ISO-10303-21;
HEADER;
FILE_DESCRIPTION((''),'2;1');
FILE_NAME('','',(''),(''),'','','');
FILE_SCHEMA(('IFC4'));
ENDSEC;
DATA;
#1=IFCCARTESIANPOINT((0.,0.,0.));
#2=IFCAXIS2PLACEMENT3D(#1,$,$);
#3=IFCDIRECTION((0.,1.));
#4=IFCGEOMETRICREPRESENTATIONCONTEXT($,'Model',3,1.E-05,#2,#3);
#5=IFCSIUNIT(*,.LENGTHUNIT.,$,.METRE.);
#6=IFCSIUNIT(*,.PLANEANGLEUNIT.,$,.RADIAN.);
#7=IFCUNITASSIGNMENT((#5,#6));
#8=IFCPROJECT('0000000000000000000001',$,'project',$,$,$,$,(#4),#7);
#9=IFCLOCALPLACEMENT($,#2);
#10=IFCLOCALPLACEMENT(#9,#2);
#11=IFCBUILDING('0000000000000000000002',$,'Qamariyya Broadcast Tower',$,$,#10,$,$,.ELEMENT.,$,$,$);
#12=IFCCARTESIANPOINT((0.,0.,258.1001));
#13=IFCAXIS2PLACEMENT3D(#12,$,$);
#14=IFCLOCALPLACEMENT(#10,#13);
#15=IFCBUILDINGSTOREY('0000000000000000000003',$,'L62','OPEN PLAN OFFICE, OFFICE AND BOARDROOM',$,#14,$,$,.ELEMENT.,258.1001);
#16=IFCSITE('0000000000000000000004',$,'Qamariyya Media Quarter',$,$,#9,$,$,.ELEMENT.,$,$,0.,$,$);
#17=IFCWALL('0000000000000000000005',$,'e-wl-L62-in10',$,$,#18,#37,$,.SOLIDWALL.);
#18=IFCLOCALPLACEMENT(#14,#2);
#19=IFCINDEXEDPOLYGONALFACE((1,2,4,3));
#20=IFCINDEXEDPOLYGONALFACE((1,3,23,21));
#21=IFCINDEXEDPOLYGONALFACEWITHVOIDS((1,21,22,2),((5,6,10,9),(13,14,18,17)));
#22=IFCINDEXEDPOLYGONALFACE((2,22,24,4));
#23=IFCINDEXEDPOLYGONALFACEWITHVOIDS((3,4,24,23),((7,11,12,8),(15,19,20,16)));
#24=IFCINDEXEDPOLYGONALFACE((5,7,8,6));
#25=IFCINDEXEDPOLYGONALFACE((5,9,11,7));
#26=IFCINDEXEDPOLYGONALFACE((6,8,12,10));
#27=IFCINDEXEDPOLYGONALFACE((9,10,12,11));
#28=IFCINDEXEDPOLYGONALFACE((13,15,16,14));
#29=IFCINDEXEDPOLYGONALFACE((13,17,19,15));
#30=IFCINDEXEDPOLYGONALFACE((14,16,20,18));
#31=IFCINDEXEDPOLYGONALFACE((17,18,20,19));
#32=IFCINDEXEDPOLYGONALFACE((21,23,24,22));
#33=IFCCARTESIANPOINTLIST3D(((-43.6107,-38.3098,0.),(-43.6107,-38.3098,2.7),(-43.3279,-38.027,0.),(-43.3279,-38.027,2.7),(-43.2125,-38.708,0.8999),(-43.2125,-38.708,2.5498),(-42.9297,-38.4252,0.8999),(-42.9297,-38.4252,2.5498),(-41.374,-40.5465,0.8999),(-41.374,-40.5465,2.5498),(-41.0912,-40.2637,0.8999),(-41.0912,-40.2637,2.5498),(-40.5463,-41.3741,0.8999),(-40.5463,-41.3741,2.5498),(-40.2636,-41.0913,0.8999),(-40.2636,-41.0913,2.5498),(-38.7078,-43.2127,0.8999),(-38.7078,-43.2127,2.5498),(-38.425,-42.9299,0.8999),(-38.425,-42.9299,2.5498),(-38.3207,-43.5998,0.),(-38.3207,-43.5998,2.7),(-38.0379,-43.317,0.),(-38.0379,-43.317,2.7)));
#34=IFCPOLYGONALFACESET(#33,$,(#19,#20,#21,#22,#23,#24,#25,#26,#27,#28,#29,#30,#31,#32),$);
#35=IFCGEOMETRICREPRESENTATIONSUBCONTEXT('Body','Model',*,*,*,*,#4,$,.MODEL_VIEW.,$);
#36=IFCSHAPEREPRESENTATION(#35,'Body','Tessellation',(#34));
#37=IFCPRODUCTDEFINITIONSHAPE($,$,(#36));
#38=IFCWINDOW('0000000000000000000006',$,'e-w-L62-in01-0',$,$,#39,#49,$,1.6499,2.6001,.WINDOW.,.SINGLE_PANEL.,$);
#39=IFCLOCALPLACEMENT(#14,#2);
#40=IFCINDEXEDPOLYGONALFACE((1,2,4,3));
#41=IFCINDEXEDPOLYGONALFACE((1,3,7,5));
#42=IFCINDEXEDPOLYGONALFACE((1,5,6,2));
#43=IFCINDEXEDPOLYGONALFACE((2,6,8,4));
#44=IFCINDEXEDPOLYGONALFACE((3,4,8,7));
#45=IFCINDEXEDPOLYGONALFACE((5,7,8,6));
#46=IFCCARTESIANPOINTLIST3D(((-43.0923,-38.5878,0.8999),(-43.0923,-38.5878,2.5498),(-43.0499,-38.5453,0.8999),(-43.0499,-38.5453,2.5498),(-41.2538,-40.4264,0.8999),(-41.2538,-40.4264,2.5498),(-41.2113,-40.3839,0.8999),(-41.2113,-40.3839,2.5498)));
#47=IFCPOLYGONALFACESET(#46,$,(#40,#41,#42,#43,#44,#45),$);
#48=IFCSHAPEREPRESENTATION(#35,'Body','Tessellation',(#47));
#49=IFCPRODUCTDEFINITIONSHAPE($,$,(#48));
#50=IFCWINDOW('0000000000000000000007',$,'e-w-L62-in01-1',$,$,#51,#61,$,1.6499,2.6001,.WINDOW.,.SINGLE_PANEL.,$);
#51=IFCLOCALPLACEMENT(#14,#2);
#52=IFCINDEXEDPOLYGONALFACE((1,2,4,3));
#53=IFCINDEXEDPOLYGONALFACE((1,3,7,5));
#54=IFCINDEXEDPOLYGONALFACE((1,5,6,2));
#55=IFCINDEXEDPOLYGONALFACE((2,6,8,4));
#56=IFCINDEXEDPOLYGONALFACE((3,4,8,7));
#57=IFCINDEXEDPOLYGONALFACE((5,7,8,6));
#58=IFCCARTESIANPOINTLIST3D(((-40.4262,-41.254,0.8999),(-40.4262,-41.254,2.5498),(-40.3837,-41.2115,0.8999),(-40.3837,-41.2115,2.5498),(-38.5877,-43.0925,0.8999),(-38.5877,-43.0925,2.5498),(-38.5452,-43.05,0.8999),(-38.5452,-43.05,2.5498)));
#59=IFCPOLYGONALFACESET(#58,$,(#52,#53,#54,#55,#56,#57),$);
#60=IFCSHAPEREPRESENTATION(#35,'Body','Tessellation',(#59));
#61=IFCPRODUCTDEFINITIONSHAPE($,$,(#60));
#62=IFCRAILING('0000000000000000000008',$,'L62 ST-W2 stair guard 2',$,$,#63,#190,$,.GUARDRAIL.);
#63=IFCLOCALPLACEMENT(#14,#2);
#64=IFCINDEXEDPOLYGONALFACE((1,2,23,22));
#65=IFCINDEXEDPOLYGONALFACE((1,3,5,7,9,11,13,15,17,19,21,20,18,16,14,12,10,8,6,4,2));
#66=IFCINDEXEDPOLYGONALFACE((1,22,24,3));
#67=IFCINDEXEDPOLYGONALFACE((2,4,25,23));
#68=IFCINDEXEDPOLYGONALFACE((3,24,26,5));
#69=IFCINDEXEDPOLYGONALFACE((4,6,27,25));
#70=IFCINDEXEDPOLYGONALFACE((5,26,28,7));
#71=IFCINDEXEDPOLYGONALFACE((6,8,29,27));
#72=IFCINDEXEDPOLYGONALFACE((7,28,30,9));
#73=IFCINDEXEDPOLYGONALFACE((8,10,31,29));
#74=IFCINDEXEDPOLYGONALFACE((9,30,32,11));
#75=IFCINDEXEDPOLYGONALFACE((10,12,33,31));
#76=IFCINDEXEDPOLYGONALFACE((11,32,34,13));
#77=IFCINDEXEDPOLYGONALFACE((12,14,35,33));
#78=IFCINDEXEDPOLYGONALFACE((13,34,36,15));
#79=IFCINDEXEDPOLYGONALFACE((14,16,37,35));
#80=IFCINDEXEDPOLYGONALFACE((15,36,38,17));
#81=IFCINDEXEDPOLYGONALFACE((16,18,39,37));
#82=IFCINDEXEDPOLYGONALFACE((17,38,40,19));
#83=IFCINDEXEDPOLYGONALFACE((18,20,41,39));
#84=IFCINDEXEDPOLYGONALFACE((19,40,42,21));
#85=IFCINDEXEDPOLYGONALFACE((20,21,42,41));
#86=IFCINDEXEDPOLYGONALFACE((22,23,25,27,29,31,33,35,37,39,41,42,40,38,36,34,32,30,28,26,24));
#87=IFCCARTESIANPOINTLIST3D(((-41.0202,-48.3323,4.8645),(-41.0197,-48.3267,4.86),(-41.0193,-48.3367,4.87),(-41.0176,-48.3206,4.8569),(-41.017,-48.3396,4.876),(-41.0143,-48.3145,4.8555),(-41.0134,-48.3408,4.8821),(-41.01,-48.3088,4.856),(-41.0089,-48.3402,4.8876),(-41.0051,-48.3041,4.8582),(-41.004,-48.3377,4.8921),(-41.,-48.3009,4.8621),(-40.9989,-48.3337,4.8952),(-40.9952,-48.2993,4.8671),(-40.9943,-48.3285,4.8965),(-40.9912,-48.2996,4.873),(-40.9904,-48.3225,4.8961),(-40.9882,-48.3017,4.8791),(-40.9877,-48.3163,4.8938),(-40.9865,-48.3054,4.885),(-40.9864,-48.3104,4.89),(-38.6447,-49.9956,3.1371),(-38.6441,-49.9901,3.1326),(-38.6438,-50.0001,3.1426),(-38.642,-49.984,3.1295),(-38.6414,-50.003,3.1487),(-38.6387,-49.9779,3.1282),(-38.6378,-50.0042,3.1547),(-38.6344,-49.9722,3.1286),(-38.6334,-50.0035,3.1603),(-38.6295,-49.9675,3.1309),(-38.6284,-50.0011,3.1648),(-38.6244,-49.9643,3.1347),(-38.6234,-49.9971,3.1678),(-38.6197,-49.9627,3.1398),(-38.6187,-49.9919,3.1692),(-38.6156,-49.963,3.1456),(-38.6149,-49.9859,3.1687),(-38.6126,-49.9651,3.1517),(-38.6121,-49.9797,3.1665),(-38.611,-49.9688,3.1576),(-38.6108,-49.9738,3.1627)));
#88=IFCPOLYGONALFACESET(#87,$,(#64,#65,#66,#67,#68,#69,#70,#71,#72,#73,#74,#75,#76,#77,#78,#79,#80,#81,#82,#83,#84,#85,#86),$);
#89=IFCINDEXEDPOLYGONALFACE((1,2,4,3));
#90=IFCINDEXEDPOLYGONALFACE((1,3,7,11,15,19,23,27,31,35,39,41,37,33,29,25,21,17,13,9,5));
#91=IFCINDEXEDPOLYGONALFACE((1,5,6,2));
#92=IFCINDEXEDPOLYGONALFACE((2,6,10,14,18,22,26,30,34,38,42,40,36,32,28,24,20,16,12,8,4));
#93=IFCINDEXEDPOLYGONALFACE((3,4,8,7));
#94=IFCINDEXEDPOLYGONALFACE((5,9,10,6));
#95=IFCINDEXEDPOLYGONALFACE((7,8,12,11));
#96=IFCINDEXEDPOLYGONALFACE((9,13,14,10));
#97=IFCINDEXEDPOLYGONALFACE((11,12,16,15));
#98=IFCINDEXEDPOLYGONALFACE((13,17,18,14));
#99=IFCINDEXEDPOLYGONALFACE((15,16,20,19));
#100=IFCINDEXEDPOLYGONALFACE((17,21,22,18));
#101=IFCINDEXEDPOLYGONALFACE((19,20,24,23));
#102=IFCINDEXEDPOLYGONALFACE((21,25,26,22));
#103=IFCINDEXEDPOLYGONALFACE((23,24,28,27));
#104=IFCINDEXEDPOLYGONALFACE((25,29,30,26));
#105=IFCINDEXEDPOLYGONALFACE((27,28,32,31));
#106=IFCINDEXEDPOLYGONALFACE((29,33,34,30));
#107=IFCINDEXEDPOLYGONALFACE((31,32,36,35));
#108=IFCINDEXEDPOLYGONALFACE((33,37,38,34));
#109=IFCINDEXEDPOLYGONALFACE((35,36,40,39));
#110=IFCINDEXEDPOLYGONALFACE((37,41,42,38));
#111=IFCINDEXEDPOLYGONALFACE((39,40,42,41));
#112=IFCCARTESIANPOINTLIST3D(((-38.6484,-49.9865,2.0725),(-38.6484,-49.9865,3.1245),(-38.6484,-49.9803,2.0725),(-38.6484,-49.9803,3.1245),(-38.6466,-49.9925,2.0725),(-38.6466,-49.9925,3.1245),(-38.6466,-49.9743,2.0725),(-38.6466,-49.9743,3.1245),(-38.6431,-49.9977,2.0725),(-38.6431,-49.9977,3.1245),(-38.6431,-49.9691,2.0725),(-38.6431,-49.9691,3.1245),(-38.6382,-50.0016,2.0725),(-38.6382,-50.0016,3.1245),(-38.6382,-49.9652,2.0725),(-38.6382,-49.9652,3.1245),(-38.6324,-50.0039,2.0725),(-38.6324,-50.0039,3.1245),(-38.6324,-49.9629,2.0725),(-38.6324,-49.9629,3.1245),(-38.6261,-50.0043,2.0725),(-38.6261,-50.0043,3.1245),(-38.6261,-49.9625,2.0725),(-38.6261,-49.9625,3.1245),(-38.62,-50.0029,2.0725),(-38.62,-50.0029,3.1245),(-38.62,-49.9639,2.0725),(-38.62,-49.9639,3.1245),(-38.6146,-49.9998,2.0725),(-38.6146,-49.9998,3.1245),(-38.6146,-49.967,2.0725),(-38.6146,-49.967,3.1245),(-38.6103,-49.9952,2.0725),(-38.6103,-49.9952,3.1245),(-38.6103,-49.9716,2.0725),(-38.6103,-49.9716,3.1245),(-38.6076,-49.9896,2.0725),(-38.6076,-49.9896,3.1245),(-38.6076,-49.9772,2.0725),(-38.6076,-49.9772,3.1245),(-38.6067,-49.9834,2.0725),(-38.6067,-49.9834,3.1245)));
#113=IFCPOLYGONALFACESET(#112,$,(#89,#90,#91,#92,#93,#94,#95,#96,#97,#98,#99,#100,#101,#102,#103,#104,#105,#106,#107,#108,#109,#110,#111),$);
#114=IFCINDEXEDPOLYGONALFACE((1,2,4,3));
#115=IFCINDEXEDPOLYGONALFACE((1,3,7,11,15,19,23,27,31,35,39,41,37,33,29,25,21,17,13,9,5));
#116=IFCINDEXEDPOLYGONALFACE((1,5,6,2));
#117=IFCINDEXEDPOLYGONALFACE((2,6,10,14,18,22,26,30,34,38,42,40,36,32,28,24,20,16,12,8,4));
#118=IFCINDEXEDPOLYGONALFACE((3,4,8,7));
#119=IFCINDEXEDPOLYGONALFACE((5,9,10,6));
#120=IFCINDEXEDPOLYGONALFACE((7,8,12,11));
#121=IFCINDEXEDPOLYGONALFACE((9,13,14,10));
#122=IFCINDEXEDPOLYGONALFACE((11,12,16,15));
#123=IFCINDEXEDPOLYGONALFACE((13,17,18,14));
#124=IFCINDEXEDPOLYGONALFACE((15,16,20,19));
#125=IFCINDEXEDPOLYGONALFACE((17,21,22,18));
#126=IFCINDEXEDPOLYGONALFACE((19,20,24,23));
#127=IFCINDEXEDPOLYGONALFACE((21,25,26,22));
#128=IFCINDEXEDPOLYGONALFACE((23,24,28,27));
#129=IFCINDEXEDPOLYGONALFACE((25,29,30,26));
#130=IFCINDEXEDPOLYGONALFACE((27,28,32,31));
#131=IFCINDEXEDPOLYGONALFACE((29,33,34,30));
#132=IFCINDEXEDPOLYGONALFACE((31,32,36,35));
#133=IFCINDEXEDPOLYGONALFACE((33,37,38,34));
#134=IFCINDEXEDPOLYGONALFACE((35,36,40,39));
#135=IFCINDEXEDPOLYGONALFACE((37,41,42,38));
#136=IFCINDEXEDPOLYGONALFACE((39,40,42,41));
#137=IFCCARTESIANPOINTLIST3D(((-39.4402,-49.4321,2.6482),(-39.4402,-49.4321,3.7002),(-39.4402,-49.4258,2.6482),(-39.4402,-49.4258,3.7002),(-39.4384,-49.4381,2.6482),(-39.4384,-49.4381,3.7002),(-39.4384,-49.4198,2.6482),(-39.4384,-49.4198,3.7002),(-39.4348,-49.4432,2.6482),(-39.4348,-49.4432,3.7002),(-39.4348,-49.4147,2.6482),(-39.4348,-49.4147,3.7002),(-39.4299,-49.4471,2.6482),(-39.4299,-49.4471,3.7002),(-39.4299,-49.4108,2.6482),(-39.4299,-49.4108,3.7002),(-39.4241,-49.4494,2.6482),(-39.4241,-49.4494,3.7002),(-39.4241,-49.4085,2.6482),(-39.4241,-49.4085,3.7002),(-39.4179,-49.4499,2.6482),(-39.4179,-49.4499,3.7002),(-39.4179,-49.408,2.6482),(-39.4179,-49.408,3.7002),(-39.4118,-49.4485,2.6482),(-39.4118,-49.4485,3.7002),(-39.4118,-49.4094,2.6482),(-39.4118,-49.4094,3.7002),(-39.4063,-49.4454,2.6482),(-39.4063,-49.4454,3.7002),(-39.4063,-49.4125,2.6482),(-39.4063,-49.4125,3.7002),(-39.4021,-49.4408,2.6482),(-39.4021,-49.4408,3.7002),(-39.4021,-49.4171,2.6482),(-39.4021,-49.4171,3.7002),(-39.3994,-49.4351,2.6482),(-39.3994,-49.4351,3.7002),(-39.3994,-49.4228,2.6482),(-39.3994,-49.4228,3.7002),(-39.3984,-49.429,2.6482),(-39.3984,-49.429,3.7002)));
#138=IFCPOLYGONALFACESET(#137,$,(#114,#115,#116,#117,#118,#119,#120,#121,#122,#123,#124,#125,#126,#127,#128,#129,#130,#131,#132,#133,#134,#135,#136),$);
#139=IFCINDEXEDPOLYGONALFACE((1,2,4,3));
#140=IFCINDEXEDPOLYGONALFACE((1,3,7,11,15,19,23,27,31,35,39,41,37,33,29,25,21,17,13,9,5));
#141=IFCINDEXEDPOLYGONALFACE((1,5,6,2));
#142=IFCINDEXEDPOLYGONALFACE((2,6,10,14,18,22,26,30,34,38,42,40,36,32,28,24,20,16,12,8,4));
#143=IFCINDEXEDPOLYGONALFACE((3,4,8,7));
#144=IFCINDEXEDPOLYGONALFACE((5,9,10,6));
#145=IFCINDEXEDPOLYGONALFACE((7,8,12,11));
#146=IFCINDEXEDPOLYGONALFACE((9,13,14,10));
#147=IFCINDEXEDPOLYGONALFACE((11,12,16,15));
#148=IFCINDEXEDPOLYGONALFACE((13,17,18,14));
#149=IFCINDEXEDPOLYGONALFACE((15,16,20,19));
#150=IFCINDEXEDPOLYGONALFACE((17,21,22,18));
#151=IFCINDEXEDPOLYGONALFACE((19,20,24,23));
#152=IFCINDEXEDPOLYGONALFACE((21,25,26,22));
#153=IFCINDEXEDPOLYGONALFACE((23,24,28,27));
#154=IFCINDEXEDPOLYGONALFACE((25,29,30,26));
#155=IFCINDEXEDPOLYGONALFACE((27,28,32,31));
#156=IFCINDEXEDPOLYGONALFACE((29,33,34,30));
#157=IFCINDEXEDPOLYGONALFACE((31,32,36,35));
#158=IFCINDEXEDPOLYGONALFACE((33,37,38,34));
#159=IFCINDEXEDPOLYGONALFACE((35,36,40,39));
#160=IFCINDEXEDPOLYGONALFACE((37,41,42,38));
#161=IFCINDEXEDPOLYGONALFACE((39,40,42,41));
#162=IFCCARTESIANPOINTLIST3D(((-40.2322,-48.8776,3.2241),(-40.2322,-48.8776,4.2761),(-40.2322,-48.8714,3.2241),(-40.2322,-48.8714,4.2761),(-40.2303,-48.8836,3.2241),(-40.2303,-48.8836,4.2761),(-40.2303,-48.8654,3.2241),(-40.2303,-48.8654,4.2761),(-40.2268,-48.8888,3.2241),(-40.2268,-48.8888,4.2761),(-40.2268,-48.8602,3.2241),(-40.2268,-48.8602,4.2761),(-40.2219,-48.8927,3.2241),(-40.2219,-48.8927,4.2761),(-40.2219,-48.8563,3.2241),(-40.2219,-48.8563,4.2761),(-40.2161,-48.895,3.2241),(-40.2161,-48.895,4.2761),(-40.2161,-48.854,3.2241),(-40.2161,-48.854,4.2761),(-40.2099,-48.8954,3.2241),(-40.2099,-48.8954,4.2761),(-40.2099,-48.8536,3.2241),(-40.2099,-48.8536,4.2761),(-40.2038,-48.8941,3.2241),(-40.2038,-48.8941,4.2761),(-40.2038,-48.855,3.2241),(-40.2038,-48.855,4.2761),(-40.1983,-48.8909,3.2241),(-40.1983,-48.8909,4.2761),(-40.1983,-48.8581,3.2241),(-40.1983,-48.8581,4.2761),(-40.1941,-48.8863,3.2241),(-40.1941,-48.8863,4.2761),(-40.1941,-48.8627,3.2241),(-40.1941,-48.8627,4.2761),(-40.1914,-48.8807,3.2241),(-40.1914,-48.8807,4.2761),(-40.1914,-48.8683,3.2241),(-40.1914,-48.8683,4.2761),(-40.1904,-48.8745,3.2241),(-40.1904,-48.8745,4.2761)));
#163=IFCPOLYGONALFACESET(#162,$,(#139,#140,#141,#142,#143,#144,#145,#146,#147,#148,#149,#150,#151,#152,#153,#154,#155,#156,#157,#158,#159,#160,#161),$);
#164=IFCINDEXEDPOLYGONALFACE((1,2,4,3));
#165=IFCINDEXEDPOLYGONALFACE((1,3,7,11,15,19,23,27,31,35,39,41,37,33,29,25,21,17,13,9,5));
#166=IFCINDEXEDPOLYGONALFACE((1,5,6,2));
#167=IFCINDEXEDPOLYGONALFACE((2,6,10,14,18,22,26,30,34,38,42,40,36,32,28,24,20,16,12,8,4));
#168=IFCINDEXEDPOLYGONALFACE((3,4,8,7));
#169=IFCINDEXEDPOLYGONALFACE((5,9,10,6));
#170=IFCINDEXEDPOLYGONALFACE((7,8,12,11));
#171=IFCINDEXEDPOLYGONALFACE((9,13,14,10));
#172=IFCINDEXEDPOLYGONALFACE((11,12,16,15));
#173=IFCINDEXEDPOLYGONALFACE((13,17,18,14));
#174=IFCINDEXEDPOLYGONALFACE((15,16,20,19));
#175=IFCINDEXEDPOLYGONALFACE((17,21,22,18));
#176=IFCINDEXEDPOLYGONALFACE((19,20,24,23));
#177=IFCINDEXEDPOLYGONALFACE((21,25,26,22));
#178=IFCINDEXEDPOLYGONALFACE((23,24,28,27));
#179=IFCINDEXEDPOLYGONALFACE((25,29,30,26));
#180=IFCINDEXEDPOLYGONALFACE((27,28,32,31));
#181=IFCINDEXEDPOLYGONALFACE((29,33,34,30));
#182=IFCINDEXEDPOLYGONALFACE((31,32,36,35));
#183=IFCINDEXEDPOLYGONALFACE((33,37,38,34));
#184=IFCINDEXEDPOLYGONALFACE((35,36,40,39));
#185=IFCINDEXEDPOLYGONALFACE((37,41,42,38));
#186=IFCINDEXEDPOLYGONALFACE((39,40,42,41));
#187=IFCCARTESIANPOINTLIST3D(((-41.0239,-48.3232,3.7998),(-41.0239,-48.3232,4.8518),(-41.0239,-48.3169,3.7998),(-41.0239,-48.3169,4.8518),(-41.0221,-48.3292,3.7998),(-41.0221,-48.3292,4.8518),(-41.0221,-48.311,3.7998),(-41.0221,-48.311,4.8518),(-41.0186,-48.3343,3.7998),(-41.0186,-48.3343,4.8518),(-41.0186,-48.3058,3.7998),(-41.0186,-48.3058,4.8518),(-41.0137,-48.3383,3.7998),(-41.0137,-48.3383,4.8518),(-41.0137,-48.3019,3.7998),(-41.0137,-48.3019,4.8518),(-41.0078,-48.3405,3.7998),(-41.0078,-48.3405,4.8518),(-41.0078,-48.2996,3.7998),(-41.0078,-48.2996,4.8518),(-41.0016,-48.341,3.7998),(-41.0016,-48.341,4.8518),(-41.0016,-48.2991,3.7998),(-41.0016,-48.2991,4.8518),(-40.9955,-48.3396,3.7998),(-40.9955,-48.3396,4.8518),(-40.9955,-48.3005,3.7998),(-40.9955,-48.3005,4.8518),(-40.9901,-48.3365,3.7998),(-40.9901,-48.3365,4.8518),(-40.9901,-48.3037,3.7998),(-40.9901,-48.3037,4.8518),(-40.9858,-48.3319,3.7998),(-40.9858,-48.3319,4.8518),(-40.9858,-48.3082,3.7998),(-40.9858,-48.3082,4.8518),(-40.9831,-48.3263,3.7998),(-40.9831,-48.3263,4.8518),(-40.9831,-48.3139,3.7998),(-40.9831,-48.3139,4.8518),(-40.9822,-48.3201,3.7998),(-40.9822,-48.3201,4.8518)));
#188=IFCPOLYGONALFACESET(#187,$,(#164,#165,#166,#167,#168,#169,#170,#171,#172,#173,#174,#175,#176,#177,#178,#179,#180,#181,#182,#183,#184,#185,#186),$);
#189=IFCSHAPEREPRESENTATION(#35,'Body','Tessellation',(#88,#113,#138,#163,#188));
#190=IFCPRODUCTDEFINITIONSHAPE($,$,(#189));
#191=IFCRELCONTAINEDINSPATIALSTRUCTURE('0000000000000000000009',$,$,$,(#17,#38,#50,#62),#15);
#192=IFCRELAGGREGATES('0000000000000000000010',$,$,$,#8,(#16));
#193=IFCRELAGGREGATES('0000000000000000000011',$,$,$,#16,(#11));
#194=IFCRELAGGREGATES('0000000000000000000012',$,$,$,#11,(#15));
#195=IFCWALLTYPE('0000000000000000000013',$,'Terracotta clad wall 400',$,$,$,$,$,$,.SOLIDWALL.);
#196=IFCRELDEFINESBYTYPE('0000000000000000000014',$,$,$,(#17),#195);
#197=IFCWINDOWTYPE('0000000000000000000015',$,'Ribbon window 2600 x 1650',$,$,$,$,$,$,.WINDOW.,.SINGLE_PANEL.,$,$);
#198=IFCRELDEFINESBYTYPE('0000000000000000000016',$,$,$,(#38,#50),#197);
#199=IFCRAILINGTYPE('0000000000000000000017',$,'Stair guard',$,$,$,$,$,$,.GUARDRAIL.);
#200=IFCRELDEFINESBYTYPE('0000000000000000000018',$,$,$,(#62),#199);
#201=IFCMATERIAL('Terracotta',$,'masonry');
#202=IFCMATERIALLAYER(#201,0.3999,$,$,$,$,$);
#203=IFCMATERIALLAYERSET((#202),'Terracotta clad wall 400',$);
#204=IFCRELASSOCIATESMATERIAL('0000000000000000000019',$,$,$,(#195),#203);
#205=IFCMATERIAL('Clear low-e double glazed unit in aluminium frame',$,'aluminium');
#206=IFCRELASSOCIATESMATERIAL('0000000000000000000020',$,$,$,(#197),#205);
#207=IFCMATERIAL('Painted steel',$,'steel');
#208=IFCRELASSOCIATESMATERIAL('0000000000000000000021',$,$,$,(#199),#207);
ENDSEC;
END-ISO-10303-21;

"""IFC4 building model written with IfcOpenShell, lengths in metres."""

from ifc_helpers import new_model, si_unit, direction, frame, frame_2d, origin, origin_2d, place, context, subcontext, project, spatial, rectangle, circle, extrude, material, layer, layer_set, type_object, element, fill, save


model = new_model("IFC4")

# Units and contexts
model_context = context("Model", 3, precision=1e-05, world=origin(), true_north=direction((0.0, 1.0)))
body_context = subcontext(model_context, "Body", "Model", "MODEL_VIEW")
ifc_project = project(units=[si_unit("LENGTHUNIT", "METRE"), si_unit("PLANEANGLEUNIT", "RADIAN")], contexts=[model_context])

# Site, building, storey
site_placement = place(None, origin())
site = spatial("IfcSite", under=ifc_project, at=site_placement, Name="Qamariyya Media Quarter", CompositionType="ELEMENT", RefElevation=0.0)
building_placement = place(site_placement, origin())
building = spatial("IfcBuilding", under=site, at=building_placement, Name="Qamariyya Broadcast Tower", CompositionType="ELEMENT")
storey_placement = place(building_placement, frame((0.0, 0.0, 258.1001)))
storey = spatial("IfcBuildingStorey", under=building, at=storey_placement, Name="L62", Description="OPEN PLAN OFFICE, OFFICE AND BOARDROOM", CompositionType="ELEMENT", Elevation=258.1001)

# Shared definitions
ifc_material_1 = material(Name="Terracotta", Category="masonry")
ifc_layer_1 = layer(ifc_material_1, 0.3999)
ifc_layer_set_1 = layer_set([ifc_layer_1], Name="Terracotta clad wall 400")
wall_type_1 = type_object("IfcWallType", Name="Terracotta clad wall 400", PredefinedType="SOLIDWALL", material=ifc_layer_set_1)

# Wall, openings, windows
wall_1_placement = place(storey_placement, frame((-38.1792, -43.4585, 0.0), z_axis=(0.0, 0.0, 1.0), x_axis=(-0.707107, 0.707107, 0.0)))
wall_1 = element("IfcWall", 1, at=wall_1_placement, inside=storey, type_object=wall_type_1, Name="e-wl-L62-in10", PredefinedType="SOLIDWALL", context=body_context, shape_type="SweptSolid", body=[
    extrude(rectangle(XDim=7.4812, YDim=0.3999, at=frame_2d((3.7407, 0.0))), origin(), (0.0, 0.0, 1.0), 2.7),
])
opening_1_placement = place(wall_1_placement, frame((4.3181, 0.0, 0.8999)))
opening_1 = element("IfcOpeningElement", 2, at=opening_1_placement, cuts=wall_1, PredefinedType="OPENING", context=body_context, shape_type="SweptSolid", body=[
    extrude(rectangle(XDim=2.6001, YDim=1.6499, at=frame_2d((1.3, 0.825))), frame((0.0, 0.21, 0.0), z_axis=(0.0, -1.0, 0.0), x_axis=(1.0, 0.0, 0.0)), (0.0, 0.0, 1.0), 0.4199),
])
opening_2_placement = place(wall_1_placement, frame((0.5476, 0.0, 0.8999)))
opening_2 = element("IfcOpeningElement", 3, at=opening_2_placement, cuts=wall_1, PredefinedType="OPENING", context=body_context, shape_type="SweptSolid", body=[
    extrude(rectangle(XDim=2.6001, YDim=1.6499, at=frame_2d((1.3, 0.825))), frame((0.0, 0.21, 0.0), z_axis=(0.0, -1.0, 0.0), x_axis=(1.0, 0.0, 0.0)), (0.0, 0.0, 1.0), 0.4199),
])
ifc_material_2 = material(Name="Clear low-e double glazed unit in aluminium frame", Category="aluminium")
window_type = type_object("IfcWindowType", Name="Ribbon window 2600 x 1650", PartitioningType="SINGLE_PANEL", PredefinedType="WINDOW", material=ifc_material_2)
window_1_placement = place(opening_1_placement, origin())
window_1 = element("IfcWindow", 4, at=window_1_placement, inside=storey, type_object=window_type, Name="e-w-L62-in01-0", OverallHeight=1.6499, OverallWidth=2.6001, PartitioningType="SINGLE_PANEL", PredefinedType="WINDOW", context=body_context, shape_type="SweptSolid", body=[
    extrude(rectangle(XDim=2.6001, YDim=1.6499, at=frame_2d((1.3, 0.825))), frame((0.0, 0.03, 0.0), z_axis=(0.0, -1.0, 0.0), x_axis=(1.0, 0.0, 0.0)), (0.0, 0.0, 1.0), 0.0601),
])
fill(opening_1, window_1)
window_2_placement = place(opening_2_placement, origin())
window_2 = element("IfcWindow", 5, at=window_2_placement, inside=storey, type_object=window_type, Name="e-w-L62-in01-1", OverallHeight=1.6499, OverallWidth=2.6001, PartitioningType="SINGLE_PANEL", PredefinedType="WINDOW", context=body_context, shape_type="SweptSolid", body=[
    extrude(rectangle(XDim=2.6001, YDim=1.6499, at=frame_2d((1.3, 0.825))), frame((0.0, 0.03, 0.0), z_axis=(0.0, -1.0, 0.0), x_axis=(1.0, 0.0, 0.0)), (0.0, 0.0, 1.0), 0.0601),
])
fill(opening_2, window_2)

# Railing
ifc_material_3 = material(Name="Painted steel", Category="steel")
railing_type_1 = type_object("IfcRailingType", Name="Stair guard", PredefinedType="GUARDRAIL", material=ifc_material_3)
railing_1_placement = place(storey_placement, frame((-38.6277, -49.9834, 2.0725)))
element("IfcRailing", 6, at=railing_1_placement, inside=storey, type_object=railing_type_1, Name="L62 ST-W2 stair guard 2", PredefinedType="GUARDRAIL", context=body_context, shape_type="SweptSolid", body=[
    extrude(circle(Radius=0.0239, at=origin_2d()), frame((0.0, 0.0, 1.0762), z_axis=(-0.70377, 0.492784, 0.511734), x_axis=(-0.573575, -0.819153, 0.0)), (0.0, 0.0, 1.0), 3.3755),
    extrude(circle(Radius=0.021, at=origin_2d()), origin(), (0.0, 0.0, 1.0), 1.052),
    extrude(circle(Radius=0.021, at=origin_2d()), frame((-0.7917, 0.5544, 0.5757)), (0.0, 0.0, 1.0), 1.052),
    extrude(circle(Radius=0.021, at=origin_2d()), frame((-1.5837, 1.1089, 1.1516)), (0.0, 0.0, 1.0), 1.052),
    extrude(circle(Radius=0.021, at=origin_2d()), frame((-2.3755, 1.6633, 1.7273)), (0.0, 0.0, 1.0), 1.052),
])

save(model, "model.ifc")
